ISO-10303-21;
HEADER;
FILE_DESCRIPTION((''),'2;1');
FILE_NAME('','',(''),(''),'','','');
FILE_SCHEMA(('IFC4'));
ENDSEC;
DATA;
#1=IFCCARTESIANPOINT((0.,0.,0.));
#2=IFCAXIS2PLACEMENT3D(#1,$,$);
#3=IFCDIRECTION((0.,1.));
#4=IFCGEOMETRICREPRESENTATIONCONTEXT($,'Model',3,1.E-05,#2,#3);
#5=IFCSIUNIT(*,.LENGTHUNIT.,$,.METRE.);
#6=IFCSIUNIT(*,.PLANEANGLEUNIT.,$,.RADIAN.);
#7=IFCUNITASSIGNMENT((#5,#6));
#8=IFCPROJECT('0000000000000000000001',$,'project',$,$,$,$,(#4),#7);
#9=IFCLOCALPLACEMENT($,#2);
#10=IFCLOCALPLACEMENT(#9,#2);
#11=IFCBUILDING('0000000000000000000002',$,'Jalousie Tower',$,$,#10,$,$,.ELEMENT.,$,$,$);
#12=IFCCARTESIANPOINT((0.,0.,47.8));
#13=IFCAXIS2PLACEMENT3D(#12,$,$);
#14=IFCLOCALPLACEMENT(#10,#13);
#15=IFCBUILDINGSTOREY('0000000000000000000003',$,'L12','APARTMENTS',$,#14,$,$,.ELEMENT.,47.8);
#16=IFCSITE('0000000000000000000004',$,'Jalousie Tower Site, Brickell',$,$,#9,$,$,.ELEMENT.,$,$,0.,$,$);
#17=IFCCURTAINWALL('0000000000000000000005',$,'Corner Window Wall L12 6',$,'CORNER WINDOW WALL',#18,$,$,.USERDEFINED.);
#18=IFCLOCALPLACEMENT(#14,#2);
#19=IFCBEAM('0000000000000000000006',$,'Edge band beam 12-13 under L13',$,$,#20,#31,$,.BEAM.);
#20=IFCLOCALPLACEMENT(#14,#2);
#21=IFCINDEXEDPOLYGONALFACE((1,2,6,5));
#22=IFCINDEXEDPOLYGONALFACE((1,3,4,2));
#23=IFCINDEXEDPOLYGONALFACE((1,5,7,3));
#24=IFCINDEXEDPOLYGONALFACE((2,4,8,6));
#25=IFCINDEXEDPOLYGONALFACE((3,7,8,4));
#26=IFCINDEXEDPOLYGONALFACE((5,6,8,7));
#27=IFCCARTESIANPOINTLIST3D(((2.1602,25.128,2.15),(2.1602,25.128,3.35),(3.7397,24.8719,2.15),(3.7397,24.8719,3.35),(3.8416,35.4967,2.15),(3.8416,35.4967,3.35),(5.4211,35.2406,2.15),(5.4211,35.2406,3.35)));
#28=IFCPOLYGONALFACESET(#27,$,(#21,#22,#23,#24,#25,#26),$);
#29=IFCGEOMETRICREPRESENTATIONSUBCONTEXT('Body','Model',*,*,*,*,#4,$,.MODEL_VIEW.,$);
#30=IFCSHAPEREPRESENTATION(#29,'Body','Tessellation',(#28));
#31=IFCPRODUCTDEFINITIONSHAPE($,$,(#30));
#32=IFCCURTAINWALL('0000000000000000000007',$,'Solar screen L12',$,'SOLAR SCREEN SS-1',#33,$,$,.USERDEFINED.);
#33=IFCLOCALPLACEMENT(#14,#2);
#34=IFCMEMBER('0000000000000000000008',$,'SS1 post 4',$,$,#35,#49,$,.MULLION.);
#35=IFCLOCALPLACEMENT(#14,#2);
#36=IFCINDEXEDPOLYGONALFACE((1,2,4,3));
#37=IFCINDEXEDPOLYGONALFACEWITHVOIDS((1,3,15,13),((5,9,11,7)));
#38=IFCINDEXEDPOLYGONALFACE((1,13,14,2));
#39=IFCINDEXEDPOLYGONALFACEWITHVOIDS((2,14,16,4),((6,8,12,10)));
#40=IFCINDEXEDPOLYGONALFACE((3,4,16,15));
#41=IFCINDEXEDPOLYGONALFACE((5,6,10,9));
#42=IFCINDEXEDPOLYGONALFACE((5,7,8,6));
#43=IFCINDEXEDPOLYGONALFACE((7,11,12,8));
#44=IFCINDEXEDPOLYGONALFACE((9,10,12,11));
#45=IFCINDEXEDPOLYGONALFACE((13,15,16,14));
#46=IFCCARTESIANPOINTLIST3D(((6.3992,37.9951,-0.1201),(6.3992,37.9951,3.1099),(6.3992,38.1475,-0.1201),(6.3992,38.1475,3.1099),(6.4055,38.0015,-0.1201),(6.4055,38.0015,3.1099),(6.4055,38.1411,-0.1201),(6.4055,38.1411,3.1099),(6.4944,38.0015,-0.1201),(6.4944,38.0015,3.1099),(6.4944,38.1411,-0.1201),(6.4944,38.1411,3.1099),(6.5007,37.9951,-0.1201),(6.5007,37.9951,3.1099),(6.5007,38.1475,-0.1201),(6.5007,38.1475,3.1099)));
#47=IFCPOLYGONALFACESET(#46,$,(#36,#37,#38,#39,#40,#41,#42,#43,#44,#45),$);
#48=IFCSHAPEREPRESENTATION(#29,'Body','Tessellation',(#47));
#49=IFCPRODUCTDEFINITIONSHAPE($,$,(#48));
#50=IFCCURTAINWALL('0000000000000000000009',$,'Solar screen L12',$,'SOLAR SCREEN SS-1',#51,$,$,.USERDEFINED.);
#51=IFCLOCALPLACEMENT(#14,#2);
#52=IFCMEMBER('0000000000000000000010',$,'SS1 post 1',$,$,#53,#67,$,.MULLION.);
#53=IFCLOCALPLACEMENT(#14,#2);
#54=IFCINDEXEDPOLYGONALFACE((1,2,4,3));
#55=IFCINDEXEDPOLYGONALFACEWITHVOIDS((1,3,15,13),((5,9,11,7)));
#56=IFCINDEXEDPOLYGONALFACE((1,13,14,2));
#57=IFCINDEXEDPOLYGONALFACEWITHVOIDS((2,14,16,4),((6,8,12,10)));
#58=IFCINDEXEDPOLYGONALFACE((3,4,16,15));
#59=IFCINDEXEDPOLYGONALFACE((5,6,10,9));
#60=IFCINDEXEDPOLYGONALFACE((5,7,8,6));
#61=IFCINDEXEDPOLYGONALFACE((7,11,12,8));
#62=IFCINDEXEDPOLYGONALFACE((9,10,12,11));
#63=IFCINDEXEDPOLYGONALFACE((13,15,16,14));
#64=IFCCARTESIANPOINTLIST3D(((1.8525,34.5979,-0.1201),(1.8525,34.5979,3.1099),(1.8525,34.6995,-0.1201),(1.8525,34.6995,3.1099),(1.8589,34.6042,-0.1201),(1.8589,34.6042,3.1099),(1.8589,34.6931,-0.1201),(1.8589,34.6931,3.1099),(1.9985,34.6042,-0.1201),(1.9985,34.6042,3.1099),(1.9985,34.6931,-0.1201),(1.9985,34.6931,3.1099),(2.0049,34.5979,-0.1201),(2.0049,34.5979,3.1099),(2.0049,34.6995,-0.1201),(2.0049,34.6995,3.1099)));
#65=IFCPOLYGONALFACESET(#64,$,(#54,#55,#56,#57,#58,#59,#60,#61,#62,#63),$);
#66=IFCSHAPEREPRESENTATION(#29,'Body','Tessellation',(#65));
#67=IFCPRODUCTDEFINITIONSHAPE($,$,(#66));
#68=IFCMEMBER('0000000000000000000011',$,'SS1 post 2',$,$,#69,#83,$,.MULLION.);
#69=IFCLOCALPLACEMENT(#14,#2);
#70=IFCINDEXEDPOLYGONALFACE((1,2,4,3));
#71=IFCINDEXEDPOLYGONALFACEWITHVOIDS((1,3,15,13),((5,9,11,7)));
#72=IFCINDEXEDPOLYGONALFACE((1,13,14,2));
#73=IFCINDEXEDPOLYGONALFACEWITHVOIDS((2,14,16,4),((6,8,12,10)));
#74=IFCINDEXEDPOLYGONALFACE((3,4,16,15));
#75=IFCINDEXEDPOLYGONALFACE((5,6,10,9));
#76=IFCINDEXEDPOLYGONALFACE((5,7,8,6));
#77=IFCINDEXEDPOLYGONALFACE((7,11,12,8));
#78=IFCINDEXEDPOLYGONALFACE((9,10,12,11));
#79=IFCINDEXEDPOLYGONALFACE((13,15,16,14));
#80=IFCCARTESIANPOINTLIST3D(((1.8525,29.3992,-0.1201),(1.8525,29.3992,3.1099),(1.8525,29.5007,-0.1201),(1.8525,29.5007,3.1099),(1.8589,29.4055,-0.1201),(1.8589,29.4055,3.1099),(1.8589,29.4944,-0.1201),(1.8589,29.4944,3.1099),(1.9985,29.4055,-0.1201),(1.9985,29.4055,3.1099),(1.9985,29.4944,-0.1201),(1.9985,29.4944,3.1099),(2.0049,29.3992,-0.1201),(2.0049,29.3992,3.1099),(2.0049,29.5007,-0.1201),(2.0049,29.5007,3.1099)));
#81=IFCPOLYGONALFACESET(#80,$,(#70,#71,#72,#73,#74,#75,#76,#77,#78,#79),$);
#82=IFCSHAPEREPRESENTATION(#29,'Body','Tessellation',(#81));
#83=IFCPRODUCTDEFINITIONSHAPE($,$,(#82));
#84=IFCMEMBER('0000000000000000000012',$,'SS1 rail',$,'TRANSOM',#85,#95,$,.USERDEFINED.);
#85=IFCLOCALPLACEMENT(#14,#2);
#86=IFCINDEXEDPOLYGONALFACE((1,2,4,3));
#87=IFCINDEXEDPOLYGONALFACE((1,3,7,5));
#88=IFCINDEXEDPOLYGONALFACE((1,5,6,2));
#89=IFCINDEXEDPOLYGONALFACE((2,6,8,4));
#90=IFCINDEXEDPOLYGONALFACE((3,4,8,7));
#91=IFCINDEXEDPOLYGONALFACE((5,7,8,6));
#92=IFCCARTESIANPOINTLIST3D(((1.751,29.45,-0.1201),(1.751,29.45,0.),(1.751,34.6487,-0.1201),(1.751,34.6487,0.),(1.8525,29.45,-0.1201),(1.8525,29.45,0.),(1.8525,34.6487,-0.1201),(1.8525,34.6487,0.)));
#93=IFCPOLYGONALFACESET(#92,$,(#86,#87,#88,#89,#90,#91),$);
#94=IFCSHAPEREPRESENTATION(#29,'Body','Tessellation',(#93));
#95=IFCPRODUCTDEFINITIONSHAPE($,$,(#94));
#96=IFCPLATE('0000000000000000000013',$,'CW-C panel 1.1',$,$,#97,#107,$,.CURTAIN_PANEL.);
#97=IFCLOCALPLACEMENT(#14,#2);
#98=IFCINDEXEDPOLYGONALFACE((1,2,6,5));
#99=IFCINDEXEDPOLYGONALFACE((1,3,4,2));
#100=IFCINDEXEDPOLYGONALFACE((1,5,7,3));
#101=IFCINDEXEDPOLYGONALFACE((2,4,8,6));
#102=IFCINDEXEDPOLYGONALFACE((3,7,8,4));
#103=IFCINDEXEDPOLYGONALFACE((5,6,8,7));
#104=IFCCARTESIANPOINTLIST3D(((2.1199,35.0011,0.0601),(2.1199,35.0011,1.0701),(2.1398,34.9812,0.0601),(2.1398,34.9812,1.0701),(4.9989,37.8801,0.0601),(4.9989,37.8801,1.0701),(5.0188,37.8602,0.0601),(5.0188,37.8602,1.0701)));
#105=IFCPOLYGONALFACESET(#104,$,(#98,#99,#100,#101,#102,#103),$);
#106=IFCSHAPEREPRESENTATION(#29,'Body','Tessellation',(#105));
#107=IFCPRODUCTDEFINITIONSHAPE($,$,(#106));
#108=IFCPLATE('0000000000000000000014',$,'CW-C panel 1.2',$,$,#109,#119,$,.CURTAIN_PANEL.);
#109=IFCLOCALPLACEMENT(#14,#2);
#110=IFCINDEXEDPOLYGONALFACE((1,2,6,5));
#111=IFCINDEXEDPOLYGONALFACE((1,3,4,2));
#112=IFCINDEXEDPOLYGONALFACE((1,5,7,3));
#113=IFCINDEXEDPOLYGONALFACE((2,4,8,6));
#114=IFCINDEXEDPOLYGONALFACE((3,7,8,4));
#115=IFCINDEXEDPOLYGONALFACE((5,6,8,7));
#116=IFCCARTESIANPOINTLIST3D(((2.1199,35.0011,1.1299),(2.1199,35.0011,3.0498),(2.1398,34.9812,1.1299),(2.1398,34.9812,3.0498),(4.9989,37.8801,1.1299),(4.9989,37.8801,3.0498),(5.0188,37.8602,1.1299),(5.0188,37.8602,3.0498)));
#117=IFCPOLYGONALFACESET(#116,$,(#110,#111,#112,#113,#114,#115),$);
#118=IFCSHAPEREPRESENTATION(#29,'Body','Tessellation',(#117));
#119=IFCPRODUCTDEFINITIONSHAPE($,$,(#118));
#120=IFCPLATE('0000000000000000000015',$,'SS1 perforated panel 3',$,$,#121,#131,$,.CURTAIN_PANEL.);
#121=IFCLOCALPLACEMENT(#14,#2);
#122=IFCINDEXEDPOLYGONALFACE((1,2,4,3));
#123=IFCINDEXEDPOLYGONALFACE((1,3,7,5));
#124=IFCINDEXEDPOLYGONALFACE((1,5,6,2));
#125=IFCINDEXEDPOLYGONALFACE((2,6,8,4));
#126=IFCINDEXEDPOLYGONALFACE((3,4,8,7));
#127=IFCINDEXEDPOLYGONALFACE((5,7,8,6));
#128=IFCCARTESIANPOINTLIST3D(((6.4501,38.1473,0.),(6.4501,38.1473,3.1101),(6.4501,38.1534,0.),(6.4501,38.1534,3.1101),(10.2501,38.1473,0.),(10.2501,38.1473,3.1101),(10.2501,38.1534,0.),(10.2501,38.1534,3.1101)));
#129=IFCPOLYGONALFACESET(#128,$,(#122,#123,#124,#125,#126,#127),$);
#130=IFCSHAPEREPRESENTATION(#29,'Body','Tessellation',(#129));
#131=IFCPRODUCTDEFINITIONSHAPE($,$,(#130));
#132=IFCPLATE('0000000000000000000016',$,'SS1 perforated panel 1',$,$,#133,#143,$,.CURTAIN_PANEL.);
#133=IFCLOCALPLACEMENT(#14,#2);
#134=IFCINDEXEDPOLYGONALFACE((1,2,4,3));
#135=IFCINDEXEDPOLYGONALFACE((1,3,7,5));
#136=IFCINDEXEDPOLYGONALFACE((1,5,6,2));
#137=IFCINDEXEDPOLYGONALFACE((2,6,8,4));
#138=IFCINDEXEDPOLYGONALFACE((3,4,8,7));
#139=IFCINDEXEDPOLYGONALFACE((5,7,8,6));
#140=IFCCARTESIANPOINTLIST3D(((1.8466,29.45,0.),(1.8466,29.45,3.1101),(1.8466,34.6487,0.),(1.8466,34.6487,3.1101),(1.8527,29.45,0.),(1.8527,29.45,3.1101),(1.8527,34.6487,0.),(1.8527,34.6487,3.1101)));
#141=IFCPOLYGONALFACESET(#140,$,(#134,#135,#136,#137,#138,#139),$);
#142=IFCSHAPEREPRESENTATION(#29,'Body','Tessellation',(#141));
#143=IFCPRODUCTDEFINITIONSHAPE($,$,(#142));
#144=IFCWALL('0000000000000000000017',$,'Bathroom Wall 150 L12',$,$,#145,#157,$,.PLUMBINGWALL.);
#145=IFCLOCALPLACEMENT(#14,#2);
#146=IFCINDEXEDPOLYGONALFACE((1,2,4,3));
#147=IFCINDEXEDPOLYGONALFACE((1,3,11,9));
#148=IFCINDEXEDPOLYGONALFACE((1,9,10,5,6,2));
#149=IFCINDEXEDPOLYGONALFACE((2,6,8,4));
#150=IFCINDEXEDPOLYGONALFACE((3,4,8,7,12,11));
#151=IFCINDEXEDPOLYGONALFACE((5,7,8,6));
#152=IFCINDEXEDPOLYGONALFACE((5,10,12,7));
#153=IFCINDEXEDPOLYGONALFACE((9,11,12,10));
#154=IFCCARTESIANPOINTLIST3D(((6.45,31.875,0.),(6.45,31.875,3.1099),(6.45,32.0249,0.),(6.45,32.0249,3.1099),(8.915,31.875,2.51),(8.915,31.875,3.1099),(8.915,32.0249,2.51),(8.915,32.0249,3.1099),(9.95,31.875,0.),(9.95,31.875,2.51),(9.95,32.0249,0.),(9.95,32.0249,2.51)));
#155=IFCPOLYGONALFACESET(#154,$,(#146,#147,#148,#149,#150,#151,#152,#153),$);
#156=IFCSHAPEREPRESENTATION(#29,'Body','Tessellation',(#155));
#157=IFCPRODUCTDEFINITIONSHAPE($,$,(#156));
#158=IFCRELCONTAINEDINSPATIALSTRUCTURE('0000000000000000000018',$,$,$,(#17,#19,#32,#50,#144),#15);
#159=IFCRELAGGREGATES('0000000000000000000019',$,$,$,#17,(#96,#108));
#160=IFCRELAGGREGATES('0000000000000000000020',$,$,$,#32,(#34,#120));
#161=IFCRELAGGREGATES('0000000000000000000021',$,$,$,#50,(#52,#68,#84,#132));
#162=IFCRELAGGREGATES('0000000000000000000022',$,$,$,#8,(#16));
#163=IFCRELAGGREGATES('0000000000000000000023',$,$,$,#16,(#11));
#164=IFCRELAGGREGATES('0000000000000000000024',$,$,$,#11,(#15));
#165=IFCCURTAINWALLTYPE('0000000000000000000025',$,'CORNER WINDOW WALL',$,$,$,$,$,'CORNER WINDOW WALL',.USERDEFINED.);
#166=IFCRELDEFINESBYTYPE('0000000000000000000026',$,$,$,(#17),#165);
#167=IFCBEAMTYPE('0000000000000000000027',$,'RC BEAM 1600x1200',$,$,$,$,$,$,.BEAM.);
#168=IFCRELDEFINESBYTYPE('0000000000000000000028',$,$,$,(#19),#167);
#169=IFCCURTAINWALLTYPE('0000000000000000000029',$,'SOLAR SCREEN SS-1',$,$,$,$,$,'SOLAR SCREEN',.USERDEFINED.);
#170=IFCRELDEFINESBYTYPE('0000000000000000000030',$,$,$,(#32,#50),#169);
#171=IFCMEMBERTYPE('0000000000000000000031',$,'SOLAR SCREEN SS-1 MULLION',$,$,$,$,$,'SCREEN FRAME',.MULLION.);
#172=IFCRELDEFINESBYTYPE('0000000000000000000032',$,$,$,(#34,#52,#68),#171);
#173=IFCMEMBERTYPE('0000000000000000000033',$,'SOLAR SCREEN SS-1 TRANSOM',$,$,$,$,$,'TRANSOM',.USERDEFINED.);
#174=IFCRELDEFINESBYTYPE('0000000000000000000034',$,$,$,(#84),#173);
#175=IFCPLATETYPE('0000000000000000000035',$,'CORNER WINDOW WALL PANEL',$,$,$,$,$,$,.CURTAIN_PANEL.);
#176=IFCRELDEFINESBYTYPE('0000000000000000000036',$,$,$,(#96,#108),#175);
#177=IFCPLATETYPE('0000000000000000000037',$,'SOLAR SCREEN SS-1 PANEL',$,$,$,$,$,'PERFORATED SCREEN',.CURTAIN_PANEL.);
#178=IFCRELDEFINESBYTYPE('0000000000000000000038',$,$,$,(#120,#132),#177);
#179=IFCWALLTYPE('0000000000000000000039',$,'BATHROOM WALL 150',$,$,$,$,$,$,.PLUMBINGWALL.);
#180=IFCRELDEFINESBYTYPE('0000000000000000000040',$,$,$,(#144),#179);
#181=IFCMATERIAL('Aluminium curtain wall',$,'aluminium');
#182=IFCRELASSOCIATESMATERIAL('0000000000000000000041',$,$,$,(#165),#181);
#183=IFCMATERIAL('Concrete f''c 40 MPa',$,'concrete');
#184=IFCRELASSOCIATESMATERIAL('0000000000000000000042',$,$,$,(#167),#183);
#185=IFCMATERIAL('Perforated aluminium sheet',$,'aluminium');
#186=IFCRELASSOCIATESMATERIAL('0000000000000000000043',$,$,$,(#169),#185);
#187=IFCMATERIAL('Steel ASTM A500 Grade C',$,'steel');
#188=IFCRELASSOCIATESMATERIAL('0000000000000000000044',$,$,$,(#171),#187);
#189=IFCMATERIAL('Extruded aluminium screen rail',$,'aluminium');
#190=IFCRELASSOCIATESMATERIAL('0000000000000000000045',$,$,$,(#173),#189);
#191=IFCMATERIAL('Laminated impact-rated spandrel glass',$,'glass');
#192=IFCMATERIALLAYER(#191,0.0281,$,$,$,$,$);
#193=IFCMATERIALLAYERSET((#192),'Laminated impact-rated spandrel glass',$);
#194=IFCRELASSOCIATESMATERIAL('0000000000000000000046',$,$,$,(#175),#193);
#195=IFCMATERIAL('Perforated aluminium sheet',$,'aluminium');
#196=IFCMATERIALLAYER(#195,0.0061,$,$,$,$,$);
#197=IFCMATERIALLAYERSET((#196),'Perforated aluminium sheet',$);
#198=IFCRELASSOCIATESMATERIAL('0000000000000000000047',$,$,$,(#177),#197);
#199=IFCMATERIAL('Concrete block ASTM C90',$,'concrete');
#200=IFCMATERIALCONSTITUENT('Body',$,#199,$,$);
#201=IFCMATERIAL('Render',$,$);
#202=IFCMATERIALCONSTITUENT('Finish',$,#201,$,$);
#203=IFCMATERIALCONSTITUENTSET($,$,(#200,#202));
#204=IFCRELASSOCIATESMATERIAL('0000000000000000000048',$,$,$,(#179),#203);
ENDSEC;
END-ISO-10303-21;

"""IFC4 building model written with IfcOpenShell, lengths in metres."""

from ifc_helpers import new_model, si_unit, direction, frame, origin, origin_2d, place, context, subcontext, project, spatial, polyline, rectangle, hollow_rectangle, outline, extrude, material, layer, layer_set, constituent, constituent_set, material_profile, profile_set, type_object, element, aggregate, save


model = new_model("IFC4")

# Units and contexts
model_context = context("Model", 3, precision=1e-05, world=origin(), true_north=direction((0.0, 1.0)))
body_context = subcontext(model_context, "Body", "Model", "MODEL_VIEW")
ifc_project = project(units=[si_unit("LENGTHUNIT", "METRE"), si_unit("PLANEANGLEUNIT", "RADIAN")], contexts=[model_context])

# Site, building, storey
site_placement = place(None, origin())
site = spatial("IfcSite", under=ifc_project, at=site_placement, Name="Jalousie Tower Site, Brickell", CompositionType="ELEMENT", RefElevation=0.0)
building_placement = place(site_placement, origin())
building = spatial("IfcBuilding", under=site, at=building_placement, Name="Jalousie Tower", CompositionType="ELEMENT")
storey_placement = place(building_placement, frame((0.0, 0.0, 47.8)))
storey = spatial("IfcBuildingStorey", under=building, at=storey_placement, Name="L12", Description="APARTMENTS", CompositionType="ELEMENT", Elevation=47.8)

# Curtain wall
ifc_material_1 = material(Name="Aluminium curtain wall", Category="aluminium")
curtain_wall_type_1 = type_object("IfcCurtainWallType", Name="CORNER WINDOW WALL", ElementType="CORNER WINDOW WALL", PredefinedType="USERDEFINED", material=ifc_material_1)
curtain_wall_1_placement = place(storey_placement, origin())
curtain_wall_1 = element("IfcCurtainWall", 1, at=curtain_wall_1_placement, inside=storey, type_object=curtain_wall_type_1, Name="Corner Window Wall L12 6", ObjectType="CORNER WINDOW WALL", PredefinedType="USERDEFINED")

# Beam
ifc_material_2 = material(Name="Concrete f'c 40 MPa", Category="concrete")
ifc_material_profile_1 = material_profile(ifc_material_2, rectangle(XDim=1.6001, YDim=1.2, at=origin_2d()), Name="RC 1600x1200")
ifc_profile_set_1 = profile_set([ifc_material_profile_1], Name="Concrete f'c 40 MPa")
beam_type_1 = type_object("IfcBeamType", Name="RC BEAM 1600x1200", PredefinedType="BEAM", material=ifc_profile_set_1)
beam_1_placement = place(storey_placement, frame((4.6313, 35.3687, 2.75), z_axis=(-0.160071, -0.987106, 0.0), x_axis=(0.987106, -0.160071, 0.0)))
element("IfcBeam", 2, at=beam_1_placement, inside=storey, type_object=beam_type_1, Name="Edge band beam 12-13 under L13", PredefinedType="BEAM", context=body_context, shape_type="SweptSolid", body=[
    extrude(rectangle(XDim=1.6001, YDim=1.2, at=origin_2d()), origin(), (0.0, 0.0, 1.0), 10.5042),
])

# Curtain wall, member
ifc_material_3 = material(Name="Perforated aluminium sheet", Category="aluminium")
curtain_wall_type_2 = type_object("IfcCurtainWallType", Name="SOLAR SCREEN SS-1", ElementType="SOLAR SCREEN", PredefinedType="USERDEFINED", material=ifc_material_3)
curtain_wall_2_placement = place(storey_placement, origin())
curtain_wall_2 = element("IfcCurtainWall", 3, at=curtain_wall_2_placement, inside=storey, type_object=curtain_wall_type_2, Name="Solar screen L12", ObjectType="SOLAR SCREEN SS-1", PredefinedType="USERDEFINED")
ifc_material_4 = material(Name="Steel ASTM A500 Grade C", Category="steel")
ifc_material_profile_2 = material_profile(ifc_material_4, hollow_rectangle(XDim=0.1016, YDim=0.1523, WallThickness=0.0063, at=origin_2d()), Name="HSS6X4X1/4")
ifc_profile_set_2 = profile_set([ifc_material_profile_2], Name="Steel ASTM A500 Grade C")
member_type_1 = type_object("IfcMemberType", Name="SOLAR SCREEN SS-1 MULLION", ElementType="SCREEN FRAME", PredefinedType="MULLION", material=ifc_profile_set_2)
member_1_placement = place(storey_placement, frame((6.45, 38.0713, -0.1201), z_axis=(0.0, 0.0, 1.0), x_axis=(-1.0, 0.0, 0.0)))
member_1 = element("IfcMember", 4, at=member_1_placement, type_object=member_type_1, Name="SS1 post 4", PredefinedType="MULLION", context=body_context, shape_type="SweptSolid", body=[
    extrude(hollow_rectangle(XDim=0.1016, YDim=0.1523, WallThickness=0.0063, at=origin_2d()), origin(), (0.0, 0.0, 1.0), 3.23),
])

# Curtain wall, members
curtain_wall_3_placement = place(storey_placement, origin())
curtain_wall_3 = element("IfcCurtainWall", 5, at=curtain_wall_3_placement, inside=storey, type_object=curtain_wall_type_2, Name="Solar screen L12", ObjectType="SOLAR SCREEN SS-1", PredefinedType="USERDEFINED")
member_2_placement = place(storey_placement, frame((1.9287, 34.6487, -0.1201), z_axis=(0.0, 0.0, 1.0), x_axis=(0.0, -1.0, 0.0)))
member_2 = element("IfcMember", 6, at=member_2_placement, type_object=member_type_1, Name="SS1 post 1", PredefinedType="MULLION", context=body_context, shape_type="SweptSolid", body=[
    extrude(hollow_rectangle(XDim=0.1016, YDim=0.1523, WallThickness=0.0063, at=origin_2d()), origin(), (0.0, 0.0, 1.0), 3.23),
])
member_3_placement = place(storey_placement, frame((1.9287, 29.45, -0.1201), z_axis=(0.0, 0.0, 1.0), x_axis=(0.0, -1.0, 0.0)))
member_3 = element("IfcMember", 7, at=member_3_placement, type_object=member_type_1, Name="SS1 post 2", PredefinedType="MULLION", context=body_context, shape_type="SweptSolid", body=[
    extrude(hollow_rectangle(XDim=0.1016, YDim=0.1523, WallThickness=0.0063, at=origin_2d()), origin(), (0.0, 0.0, 1.0), 3.23),
])
ifc_material_5 = material(Name="Extruded aluminium screen rail", Category="aluminium")
ifc_material_profile_3 = material_profile(ifc_material_5, rectangle(XDim=0.1016, YDim=0.1201, at=origin_2d()), Name="RAIL 102x120")
ifc_profile_set_3 = profile_set([ifc_material_profile_3], Name="Extruded aluminium screen rail")
member_type_2 = type_object("IfcMemberType", Name="SOLAR SCREEN SS-1 TRANSOM", ElementType="TRANSOM", PredefinedType="USERDEFINED", material=ifc_profile_set_3)
member_4_placement = place(storey_placement, frame((1.8018, 34.6487, -0.0601), z_axis=(0.0, -1.0, 0.0), x_axis=(1.0, 0.0, 0.0)))
member_4 = element("IfcMember", 8, at=member_4_placement, type_object=member_type_2, Name="SS1 rail", ObjectType="TRANSOM", PredefinedType="USERDEFINED", context=body_context, shape_type="SweptSolid", body=[
    extrude(rectangle(XDim=0.1016, YDim=0.1201, at=origin_2d()), origin(), (0.0, 0.0, 1.0), 5.1987),
])

# Plates
ifc_material_6 = material(Name="Laminated impact-rated spandrel glass", Category="glass")
ifc_layer_1 = layer(ifc_material_6, 0.0281)
ifc_layer_set_1 = layer_set([ifc_layer_1], Name="Laminated impact-rated spandrel glass")
plate_type_1 = type_object("IfcPlateType", Name="CORNER WINDOW WALL PANEL", PredefinedType="CURTAIN_PANEL", material=ifc_layer_set_1)
plate_1_placement = place(storey_placement, frame((3.5693, 36.4307, 0.0601), z_axis=(0.0, 0.0, 1.0), x_axis=(-0.707107, -0.707107, 0.0)))
plate_1 = element("IfcPlate", 9, at=plate_1_placement, type_object=plate_type_1, Name="CW-C panel 1.1", PredefinedType="CURTAIN_PANEL", context=body_context, shape_type="SweptSolid", body=[
    extrude(rectangle(XDim=4.0715, YDim=0.0281, at=origin_2d()), origin(), (0.0, 0.0, 1.0), 1.01),
])
plate_2_placement = place(storey_placement, frame((3.5693, 36.4307, 1.1299), z_axis=(0.0, 0.0, 1.0), x_axis=(-0.707107, -0.707107, 0.0)))
plate_2 = element("IfcPlate", 10, at=plate_2_placement, type_object=plate_type_1, Name="CW-C panel 1.2", PredefinedType="CURTAIN_PANEL", context=body_context, shape_type="SweptSolid", body=[
    extrude(rectangle(XDim=4.0715, YDim=0.0281, at=origin_2d()), origin(), (0.0, 0.0, 1.0), 1.9199),
])
aggregate(curtain_wall_1, [plate_1, plate_2])
ifc_material_7 = material(Name="Perforated aluminium sheet", Category="aluminium")
ifc_layer_2 = layer(ifc_material_7, 0.0061)
ifc_layer_set_2 = layer_set([ifc_layer_2], Name="Perforated aluminium sheet")
plate_type_2 = type_object("IfcPlateType", Name="SOLAR SCREEN SS-1 PANEL", ElementType="PERFORATED SCREEN", PredefinedType="CURTAIN_PANEL", material=ifc_layer_set_2)
plate_3_placement = place(storey_placement, frame((8.3501, 38.1504, 0.0), z_axis=(0.0, 0.0, 1.0), x_axis=(-1.0, 0.0, 0.0)))
plate_3 = element("IfcPlate", 11, at=plate_3_placement, type_object=plate_type_2, Name="SS1 perforated panel 3", PredefinedType="CURTAIN_PANEL", context=body_context, shape_type="SweptSolid", body=[
    extrude(rectangle(XDim=3.8, YDim=0.0061, at=origin_2d()), origin(), (0.0, 0.0, 1.0), 3.1101),
])
aggregate(curtain_wall_2, [member_1, plate_3])
plate_4_placement = place(storey_placement, frame((1.8496, 32.0493, 0.0), z_axis=(0.0, 0.0, 1.0), x_axis=(0.0, -1.0, 0.0)))
plate_4 = element("IfcPlate", 12, at=plate_4_placement, type_object=plate_type_2, Name="SS1 perforated panel 1", PredefinedType="CURTAIN_PANEL", context=body_context, shape_type="SweptSolid", body=[
    extrude(rectangle(XDim=5.1987, YDim=0.0061, at=origin_2d()), origin(), (0.0, 0.0, 1.0), 3.1101),
])
aggregate(curtain_wall_3, [member_2, member_3, member_4, plate_4])

# Wall
ifc_material_8 = material(Name="Concrete block ASTM C90", Category="concrete")
ifc_constituent_1 = constituent(ifc_material_8, Name="Body")
ifc_material_9 = material(Name="Render")
ifc_constituent_2 = constituent(ifc_material_9, Name="Finish")
ifc_constituent_set_1 = constituent_set(constituents=[ifc_constituent_1, ifc_constituent_2])
wall_type_1 = type_object("IfcWallType", Name="BATHROOM WALL 150", PredefinedType="PLUMBINGWALL", material=ifc_constituent_set_1)
wall_1_placement = place(storey_placement, frame((6.45, 31.95, 0.0), z_axis=(0.0, 0.0, 1.0), x_axis=(1.0, 0.0, 0.0)))
element("IfcWall", 13, at=wall_1_placement, inside=storey, type_object=wall_type_1, Name="Bathroom Wall 150 L12", PredefinedType="PLUMBINGWALL", context=body_context, shape_type="SweptSolid", body=[
    extrude(outline(polyline([(0.0, 0.0), (3.5, 0.0), (3.5, 3.1099), (3.5, 2.51), (2.4651, 2.51), (2.4651, 3.1099), (0.0, 3.1099), (0.0, 0.0)])), frame((0.0, 0.075, 0.0), z_axis=(0.0, -1.0, 0.0), x_axis=(1.0, 0.0, 0.0)), (0.0, 0.0, 1.0), 0.1499),
])

save(model, "model.ifc")
